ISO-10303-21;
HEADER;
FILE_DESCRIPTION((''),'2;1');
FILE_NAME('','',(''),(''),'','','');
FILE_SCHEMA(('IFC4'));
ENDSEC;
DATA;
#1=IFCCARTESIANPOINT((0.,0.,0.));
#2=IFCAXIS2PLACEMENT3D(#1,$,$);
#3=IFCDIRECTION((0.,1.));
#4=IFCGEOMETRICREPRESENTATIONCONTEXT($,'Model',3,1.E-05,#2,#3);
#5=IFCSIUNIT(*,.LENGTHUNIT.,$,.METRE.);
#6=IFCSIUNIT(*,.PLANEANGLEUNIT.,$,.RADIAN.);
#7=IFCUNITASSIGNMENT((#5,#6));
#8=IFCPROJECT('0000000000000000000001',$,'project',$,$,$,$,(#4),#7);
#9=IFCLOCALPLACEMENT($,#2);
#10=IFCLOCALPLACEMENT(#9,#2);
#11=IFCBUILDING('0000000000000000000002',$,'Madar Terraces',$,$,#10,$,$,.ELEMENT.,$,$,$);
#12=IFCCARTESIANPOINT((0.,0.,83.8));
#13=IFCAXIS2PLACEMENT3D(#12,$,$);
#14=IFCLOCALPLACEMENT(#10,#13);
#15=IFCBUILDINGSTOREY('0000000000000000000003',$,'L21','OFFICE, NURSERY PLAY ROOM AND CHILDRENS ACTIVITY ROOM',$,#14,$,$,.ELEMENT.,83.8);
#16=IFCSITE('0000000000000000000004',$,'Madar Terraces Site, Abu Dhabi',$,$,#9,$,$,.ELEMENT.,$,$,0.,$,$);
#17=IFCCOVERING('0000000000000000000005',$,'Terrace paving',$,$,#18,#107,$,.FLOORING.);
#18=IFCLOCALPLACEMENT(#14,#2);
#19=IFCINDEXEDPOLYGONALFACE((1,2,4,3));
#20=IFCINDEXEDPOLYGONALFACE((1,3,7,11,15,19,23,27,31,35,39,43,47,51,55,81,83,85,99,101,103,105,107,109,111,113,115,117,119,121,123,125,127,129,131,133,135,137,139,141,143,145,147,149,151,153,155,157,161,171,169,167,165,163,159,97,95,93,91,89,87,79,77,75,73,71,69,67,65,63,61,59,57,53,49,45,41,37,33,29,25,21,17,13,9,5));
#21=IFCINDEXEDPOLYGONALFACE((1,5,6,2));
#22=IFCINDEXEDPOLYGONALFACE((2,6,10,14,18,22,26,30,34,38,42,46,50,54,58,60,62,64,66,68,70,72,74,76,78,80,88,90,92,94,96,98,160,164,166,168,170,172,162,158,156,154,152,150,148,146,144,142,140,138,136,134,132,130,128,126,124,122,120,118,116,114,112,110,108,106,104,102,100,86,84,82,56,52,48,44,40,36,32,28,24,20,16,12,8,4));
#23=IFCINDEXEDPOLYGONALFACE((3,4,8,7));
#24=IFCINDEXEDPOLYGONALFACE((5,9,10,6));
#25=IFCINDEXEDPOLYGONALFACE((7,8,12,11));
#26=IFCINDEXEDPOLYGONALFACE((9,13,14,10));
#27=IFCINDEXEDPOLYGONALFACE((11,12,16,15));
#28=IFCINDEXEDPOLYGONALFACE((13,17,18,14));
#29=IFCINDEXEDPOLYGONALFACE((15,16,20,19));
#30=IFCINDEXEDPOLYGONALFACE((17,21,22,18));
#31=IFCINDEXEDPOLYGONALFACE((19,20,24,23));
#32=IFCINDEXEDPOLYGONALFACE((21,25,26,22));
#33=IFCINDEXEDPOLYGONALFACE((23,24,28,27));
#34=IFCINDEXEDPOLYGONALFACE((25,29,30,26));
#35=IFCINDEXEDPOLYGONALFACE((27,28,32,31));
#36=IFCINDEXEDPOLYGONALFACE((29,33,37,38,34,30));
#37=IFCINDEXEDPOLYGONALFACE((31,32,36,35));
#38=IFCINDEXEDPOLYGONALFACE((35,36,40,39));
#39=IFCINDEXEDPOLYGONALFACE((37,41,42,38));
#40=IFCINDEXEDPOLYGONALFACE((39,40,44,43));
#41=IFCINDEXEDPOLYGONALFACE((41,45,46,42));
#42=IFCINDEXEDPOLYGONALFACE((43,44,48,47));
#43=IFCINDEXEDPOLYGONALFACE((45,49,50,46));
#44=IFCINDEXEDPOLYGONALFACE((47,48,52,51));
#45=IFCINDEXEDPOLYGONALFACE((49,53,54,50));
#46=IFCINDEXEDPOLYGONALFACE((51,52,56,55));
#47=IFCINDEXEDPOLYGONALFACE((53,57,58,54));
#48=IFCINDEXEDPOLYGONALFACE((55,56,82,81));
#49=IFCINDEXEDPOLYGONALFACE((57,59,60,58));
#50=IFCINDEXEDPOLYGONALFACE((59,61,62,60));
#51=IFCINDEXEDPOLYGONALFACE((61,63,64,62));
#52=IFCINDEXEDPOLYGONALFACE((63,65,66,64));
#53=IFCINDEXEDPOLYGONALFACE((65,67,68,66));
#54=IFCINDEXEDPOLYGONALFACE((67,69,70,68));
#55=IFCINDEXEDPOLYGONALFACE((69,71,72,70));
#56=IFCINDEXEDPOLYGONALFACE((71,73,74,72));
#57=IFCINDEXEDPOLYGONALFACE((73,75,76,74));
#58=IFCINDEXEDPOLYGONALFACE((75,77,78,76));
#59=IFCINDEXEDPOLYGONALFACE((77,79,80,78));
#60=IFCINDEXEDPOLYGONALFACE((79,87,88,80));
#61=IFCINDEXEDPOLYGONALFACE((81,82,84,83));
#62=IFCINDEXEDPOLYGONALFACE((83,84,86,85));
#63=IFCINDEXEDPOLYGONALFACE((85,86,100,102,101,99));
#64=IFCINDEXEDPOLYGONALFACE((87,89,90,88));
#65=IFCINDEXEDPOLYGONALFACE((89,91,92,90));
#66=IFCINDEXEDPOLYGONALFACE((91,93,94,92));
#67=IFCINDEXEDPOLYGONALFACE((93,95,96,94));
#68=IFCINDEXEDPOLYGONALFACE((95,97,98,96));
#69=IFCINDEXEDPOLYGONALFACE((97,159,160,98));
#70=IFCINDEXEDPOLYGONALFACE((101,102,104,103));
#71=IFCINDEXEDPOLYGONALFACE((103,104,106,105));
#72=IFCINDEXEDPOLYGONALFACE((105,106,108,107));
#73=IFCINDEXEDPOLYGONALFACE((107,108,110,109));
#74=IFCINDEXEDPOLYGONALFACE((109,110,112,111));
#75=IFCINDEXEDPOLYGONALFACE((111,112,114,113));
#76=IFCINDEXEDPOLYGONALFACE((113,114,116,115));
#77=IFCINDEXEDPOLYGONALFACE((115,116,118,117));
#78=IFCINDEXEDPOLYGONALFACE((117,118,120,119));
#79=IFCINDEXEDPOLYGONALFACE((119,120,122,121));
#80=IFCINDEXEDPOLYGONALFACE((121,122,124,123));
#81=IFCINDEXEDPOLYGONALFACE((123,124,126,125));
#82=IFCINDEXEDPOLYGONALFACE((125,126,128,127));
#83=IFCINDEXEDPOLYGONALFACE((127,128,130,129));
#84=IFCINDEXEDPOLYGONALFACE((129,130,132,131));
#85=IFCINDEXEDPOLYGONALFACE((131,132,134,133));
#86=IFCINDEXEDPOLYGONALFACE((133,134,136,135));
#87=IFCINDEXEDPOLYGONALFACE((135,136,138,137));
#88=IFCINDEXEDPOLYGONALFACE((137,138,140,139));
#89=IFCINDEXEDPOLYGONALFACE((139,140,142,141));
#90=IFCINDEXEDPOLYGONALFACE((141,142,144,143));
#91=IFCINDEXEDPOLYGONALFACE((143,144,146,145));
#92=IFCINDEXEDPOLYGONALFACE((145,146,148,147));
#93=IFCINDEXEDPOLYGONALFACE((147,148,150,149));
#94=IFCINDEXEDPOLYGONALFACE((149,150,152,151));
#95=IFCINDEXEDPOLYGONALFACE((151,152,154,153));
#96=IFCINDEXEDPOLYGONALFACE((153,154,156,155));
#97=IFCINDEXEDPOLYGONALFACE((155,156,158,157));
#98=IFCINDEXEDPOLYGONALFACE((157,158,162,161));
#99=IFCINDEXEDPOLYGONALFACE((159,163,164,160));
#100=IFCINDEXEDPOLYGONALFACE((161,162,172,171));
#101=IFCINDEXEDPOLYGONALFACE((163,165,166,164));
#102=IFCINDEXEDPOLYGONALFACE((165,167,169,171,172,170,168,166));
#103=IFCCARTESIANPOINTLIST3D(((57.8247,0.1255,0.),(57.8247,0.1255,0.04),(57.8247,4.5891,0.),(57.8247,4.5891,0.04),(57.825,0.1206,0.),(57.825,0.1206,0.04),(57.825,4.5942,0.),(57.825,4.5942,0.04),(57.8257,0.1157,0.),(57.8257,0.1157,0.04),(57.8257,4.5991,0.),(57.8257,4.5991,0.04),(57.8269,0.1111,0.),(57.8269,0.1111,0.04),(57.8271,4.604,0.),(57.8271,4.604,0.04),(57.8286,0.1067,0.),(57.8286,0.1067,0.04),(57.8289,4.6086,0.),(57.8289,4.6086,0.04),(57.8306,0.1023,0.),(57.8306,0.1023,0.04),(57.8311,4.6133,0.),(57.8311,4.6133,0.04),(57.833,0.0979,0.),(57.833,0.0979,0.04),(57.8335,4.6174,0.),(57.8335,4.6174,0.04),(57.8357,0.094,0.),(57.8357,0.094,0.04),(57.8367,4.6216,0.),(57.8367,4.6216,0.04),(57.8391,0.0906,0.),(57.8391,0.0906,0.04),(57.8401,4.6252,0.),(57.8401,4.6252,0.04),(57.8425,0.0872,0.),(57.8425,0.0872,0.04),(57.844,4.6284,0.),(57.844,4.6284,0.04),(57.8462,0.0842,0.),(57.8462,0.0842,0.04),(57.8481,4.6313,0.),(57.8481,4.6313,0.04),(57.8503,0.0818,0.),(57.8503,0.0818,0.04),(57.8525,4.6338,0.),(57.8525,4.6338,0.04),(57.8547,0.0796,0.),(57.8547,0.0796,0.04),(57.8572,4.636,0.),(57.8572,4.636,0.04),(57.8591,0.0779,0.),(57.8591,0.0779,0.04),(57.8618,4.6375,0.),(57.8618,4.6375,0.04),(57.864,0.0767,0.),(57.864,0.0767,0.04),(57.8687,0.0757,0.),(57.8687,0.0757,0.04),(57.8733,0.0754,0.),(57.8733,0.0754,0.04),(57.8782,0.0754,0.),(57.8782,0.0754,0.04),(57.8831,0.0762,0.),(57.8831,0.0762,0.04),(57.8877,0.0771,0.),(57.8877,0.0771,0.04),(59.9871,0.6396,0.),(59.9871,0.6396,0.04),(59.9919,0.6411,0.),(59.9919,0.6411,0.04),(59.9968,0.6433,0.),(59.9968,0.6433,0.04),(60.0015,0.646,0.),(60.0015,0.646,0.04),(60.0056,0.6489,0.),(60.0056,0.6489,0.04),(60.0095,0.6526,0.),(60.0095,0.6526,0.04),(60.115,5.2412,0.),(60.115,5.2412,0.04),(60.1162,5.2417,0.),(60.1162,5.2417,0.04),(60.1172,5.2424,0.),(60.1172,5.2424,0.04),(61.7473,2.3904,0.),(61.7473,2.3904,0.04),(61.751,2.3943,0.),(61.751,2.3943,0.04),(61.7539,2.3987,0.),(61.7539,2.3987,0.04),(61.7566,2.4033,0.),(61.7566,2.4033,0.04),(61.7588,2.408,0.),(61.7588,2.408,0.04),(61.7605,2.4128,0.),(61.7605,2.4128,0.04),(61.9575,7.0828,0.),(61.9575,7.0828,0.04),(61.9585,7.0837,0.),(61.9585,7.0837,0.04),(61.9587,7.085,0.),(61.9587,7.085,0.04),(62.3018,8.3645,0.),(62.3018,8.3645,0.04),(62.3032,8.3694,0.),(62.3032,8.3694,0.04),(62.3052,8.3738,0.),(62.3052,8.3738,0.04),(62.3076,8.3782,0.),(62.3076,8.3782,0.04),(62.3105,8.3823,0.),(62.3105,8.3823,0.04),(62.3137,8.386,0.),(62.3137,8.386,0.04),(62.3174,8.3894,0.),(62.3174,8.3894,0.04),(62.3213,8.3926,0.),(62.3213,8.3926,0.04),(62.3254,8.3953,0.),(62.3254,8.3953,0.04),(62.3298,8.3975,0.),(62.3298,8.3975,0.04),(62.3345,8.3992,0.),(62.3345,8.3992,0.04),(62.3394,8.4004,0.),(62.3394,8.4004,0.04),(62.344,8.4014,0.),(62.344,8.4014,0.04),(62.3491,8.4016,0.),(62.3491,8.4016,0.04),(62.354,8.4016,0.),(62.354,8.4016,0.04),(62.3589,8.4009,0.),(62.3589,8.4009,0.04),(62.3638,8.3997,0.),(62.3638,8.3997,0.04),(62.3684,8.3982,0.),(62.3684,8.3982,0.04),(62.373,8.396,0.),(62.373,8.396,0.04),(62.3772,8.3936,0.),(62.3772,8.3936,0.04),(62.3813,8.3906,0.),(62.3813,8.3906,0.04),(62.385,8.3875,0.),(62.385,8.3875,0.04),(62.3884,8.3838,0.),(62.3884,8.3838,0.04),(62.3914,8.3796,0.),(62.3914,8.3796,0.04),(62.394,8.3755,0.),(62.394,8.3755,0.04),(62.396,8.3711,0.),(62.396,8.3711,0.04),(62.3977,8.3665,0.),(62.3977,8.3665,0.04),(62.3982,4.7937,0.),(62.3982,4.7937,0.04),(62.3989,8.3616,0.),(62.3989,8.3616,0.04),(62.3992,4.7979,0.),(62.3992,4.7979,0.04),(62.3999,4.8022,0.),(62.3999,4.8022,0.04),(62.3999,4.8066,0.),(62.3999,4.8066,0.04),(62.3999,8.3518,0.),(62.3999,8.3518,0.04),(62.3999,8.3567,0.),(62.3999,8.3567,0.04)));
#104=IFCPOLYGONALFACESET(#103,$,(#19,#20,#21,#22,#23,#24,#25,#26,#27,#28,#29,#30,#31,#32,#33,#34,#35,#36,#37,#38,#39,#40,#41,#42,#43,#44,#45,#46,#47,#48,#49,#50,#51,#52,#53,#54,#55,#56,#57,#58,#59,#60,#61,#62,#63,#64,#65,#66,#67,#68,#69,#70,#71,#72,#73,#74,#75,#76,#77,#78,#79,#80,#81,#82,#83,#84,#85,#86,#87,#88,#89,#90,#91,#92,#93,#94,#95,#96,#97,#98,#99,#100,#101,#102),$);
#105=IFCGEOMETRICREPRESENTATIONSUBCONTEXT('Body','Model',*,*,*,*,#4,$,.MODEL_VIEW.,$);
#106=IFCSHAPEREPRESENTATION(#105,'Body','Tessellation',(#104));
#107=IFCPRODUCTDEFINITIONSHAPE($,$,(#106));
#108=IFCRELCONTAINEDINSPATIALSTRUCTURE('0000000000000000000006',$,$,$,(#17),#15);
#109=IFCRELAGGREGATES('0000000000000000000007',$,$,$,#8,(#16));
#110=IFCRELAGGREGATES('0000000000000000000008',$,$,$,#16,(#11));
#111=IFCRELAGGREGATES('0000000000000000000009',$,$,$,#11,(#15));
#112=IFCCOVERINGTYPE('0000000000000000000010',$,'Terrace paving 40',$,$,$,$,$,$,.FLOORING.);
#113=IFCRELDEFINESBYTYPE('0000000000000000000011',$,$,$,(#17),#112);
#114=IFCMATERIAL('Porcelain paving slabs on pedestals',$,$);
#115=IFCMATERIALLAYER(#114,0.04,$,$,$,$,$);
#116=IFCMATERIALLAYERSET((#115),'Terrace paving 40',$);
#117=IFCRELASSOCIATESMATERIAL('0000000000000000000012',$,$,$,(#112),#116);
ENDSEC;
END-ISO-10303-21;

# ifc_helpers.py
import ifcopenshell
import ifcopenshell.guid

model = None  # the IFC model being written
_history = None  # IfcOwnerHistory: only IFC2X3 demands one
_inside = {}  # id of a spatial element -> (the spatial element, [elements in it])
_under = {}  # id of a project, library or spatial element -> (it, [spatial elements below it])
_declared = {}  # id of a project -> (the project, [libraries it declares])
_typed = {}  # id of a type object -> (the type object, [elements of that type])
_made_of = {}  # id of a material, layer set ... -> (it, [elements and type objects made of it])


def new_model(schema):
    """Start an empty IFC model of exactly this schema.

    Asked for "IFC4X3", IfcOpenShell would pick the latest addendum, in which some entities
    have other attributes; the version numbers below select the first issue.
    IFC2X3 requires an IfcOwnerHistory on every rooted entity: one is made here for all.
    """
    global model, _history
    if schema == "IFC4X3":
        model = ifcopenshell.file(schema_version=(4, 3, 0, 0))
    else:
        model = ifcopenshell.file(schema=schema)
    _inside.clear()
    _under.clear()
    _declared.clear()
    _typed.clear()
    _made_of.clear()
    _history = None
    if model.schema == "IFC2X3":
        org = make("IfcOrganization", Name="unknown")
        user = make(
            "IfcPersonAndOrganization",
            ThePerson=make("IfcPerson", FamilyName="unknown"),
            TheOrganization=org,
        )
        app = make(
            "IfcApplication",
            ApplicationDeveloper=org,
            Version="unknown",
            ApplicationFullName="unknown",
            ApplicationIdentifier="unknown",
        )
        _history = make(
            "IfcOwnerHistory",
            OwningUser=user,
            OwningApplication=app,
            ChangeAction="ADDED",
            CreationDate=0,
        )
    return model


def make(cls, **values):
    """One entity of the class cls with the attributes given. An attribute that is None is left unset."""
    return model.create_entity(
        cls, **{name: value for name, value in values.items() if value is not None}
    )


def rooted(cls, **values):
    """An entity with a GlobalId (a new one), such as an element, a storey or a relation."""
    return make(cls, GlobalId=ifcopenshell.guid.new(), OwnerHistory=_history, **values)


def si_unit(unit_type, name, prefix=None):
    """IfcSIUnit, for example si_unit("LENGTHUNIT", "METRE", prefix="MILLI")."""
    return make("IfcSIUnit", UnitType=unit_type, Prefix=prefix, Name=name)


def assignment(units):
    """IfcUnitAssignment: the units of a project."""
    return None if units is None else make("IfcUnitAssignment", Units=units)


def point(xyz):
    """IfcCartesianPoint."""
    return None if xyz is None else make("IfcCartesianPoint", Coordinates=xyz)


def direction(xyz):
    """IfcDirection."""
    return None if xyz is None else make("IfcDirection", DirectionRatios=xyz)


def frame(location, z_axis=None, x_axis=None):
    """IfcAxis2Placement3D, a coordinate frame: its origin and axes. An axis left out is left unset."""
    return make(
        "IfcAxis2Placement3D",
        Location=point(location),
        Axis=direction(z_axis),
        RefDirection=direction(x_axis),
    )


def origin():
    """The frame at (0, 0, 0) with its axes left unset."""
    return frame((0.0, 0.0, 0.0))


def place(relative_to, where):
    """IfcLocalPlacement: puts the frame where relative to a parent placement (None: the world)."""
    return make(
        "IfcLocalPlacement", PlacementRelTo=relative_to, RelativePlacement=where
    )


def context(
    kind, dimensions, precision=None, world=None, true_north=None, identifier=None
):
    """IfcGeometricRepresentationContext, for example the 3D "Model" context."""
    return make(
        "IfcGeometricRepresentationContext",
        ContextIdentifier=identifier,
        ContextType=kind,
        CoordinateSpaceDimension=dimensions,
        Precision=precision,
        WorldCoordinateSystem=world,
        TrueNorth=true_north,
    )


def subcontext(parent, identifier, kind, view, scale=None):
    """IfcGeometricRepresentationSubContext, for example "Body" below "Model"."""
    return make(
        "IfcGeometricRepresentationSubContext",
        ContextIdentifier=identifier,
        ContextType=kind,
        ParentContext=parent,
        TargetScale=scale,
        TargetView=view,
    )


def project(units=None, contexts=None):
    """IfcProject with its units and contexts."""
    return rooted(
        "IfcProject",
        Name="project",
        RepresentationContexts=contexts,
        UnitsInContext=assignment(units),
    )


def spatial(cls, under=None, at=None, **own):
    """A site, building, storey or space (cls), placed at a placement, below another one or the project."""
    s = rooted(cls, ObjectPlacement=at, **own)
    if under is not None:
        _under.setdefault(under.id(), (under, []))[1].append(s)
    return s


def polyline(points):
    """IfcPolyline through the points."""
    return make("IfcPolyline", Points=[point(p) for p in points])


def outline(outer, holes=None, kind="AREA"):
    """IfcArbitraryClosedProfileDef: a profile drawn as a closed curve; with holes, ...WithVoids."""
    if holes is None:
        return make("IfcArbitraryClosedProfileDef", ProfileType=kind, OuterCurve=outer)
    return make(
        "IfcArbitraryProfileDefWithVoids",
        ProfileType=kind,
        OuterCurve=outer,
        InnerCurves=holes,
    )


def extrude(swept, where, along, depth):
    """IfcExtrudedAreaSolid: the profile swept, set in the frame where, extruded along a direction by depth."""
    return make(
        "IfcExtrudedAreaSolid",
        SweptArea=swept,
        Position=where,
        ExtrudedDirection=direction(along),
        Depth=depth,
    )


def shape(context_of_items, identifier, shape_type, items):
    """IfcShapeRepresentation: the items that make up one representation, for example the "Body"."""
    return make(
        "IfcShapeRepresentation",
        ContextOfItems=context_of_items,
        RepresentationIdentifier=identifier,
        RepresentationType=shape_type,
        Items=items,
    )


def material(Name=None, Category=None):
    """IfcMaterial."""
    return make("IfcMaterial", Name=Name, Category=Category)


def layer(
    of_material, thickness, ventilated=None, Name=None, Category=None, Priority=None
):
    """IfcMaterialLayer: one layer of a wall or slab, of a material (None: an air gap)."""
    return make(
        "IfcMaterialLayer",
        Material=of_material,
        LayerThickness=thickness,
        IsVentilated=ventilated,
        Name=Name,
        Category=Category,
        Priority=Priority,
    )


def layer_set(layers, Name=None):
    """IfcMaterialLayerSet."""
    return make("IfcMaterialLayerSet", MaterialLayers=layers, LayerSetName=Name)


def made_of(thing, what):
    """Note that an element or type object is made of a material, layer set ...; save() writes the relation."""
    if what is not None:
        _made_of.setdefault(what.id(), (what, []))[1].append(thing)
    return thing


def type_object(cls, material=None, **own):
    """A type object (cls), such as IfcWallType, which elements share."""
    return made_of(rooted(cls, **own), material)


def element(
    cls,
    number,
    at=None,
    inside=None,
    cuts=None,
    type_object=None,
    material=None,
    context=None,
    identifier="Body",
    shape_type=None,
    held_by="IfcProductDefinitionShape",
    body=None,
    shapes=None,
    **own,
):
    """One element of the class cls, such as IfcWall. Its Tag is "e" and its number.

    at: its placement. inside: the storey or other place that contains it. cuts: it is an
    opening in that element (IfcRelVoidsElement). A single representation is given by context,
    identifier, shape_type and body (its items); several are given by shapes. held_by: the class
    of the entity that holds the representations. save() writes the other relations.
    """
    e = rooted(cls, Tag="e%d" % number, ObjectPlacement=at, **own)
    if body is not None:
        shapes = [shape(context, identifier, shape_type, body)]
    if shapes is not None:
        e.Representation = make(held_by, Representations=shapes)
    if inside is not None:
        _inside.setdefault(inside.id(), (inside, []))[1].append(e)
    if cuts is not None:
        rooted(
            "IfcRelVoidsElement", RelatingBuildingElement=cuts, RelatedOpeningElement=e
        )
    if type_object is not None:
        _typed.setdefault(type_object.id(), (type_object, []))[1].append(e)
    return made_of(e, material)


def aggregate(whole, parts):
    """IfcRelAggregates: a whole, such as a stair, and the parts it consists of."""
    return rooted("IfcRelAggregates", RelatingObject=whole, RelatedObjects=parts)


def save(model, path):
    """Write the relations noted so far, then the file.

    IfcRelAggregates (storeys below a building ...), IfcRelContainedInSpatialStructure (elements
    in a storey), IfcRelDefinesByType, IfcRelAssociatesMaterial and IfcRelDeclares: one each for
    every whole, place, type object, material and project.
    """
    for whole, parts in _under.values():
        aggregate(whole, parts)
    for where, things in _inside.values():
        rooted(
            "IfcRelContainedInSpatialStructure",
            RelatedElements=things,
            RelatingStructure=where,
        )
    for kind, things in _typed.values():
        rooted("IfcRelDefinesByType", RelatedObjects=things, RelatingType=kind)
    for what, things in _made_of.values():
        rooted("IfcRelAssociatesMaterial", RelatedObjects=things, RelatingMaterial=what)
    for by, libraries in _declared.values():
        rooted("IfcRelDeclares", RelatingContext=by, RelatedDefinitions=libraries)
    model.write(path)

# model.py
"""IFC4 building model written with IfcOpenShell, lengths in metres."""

from ifc_helpers import new_model, si_unit, direction, frame, origin, place, context, subcontext, project, spatial, polyline, outline, extrude, material, layer, layer_set, type_object, element, save


model = new_model("IFC4")

# Units and contexts
model_context = context("Model", 3, precision=1e-05, world=origin(), true_north=direction((0.0, 1.0)))
body_context = subcontext(model_context, "Body", "Model", "MODEL_VIEW")
ifc_project = project(units=[si_unit("LENGTHUNIT", "METRE"), si_unit("PLANEANGLEUNIT", "RADIAN")], contexts=[model_context])

# Site, building, storey
site_placement = place(None, origin())
site = spatial("IfcSite", under=ifc_project, at=site_placement, Name="Madar Terraces Site, Abu Dhabi", CompositionType="ELEMENT", RefElevation=0.0)
building_placement = place(site_placement, origin())
building = spatial("IfcBuilding", under=site, at=building_placement, Name="Madar Terraces", CompositionType="ELEMENT")
storey_placement = place(building_placement, frame((0.0, 0.0, 83.8)))
storey = spatial("IfcBuildingStorey", under=building, at=storey_placement, Name="L21", Description="OFFICE, NURSERY PLAY ROOM AND CHILDRENS ACTIVITY ROOM", CompositionType="ELEMENT", Elevation=83.8)

# Covering
ifc_material_1 = material(Name="Porcelain paving slabs on pedestals")
ifc_layer_1 = layer(ifc_material_1, 0.04)
ifc_layer_set_1 = layer_set([ifc_layer_1], Name="Terrace paving 40")
covering_type = type_object("IfcCoveringType", Name="Terrace paving 40", PredefinedType="FLOORING", material=ifc_layer_set_1)
covering_1_placement = place(storey_placement, origin())
element("IfcCovering", 1, at=covering_1_placement, inside=storey, type_object=covering_type, Name="Terrace paving", PredefinedType="FLOORING", context=body_context, shape_type="SweptSolid", body=[
    extrude(outline(polyline([(61.9585, 7.0837), (61.9587, 7.085), (62.3018, 8.3645), (62.3032, 8.3694), (62.3052, 8.3738), (62.3076, 8.3782), (62.3105, 8.3823), (62.3137, 8.386), (62.3174, 8.3894), (62.3213, 8.3926), (62.3254, 8.3953), (62.3298, 8.3975), (62.3345, 8.3992), (62.3394, 8.4004), (62.344, 8.4014), (62.3491, 8.4016), (62.354, 8.4016), (62.3589, 8.4009), (62.3638, 8.3997), (62.3684, 8.3982), (62.373, 8.396), (62.3772, 8.3936), (62.3813, 8.3906), (62.385, 8.3875), (62.3884, 8.3838), (62.3914, 8.3796), (62.394, 8.3755), (62.396, 8.3711), (62.3977, 8.3665), (62.3989, 8.3616), (62.3999, 8.3567), (62.3999, 8.3518), (62.3999, 4.8066), (62.3999, 4.8022), (62.3992, 4.7979), (62.3982, 4.7937), (61.7605, 2.4128), (61.7588, 2.408), (61.7566, 2.4033), (61.7539, 2.3987), (61.751, 2.3943), (61.7473, 2.3904), (60.0095, 0.6526), (60.0056, 0.6489), (60.0015, 0.646), (59.9968, 0.6433), (59.9919, 0.6411), (59.9871, 0.6396), (57.8877, 0.0771), (57.8831, 0.0762), (57.8782, 0.0754), (57.8733, 0.0754), (57.8687, 0.0757), (57.864, 0.0767), (57.8591, 0.0779), (57.8547, 0.0796), (57.8503, 0.0818), (57.8462, 0.0842), (57.8425, 0.0872), (57.8391, 0.0906), (57.8357, 0.094), (57.833, 0.0979), (57.8306, 0.1023), (57.8286, 0.1067), (57.8269, 0.1111), (57.8257, 0.1157), (57.825, 0.1206), (57.8247, 0.1255), (57.8247, 4.5891), (57.825, 4.5942), (57.8257, 4.5991), (57.8271, 4.604), (57.8289, 4.6086), (57.8311, 4.6133), (57.8335, 4.6174), (57.8367, 4.6216), (57.8401, 4.6252), (57.844, 4.6284), (57.8481, 4.6313), (57.8525, 4.6338), (57.8572, 4.636), (57.8618, 4.6375), (60.115, 5.2412), (60.1162, 5.2417), (60.1172, 5.2424), (61.9575, 7.0828), (61.9585, 7.0837)])), origin(), (0.0, 0.0, 1.0), 0.04),
])

save(model, "model.ifc")
